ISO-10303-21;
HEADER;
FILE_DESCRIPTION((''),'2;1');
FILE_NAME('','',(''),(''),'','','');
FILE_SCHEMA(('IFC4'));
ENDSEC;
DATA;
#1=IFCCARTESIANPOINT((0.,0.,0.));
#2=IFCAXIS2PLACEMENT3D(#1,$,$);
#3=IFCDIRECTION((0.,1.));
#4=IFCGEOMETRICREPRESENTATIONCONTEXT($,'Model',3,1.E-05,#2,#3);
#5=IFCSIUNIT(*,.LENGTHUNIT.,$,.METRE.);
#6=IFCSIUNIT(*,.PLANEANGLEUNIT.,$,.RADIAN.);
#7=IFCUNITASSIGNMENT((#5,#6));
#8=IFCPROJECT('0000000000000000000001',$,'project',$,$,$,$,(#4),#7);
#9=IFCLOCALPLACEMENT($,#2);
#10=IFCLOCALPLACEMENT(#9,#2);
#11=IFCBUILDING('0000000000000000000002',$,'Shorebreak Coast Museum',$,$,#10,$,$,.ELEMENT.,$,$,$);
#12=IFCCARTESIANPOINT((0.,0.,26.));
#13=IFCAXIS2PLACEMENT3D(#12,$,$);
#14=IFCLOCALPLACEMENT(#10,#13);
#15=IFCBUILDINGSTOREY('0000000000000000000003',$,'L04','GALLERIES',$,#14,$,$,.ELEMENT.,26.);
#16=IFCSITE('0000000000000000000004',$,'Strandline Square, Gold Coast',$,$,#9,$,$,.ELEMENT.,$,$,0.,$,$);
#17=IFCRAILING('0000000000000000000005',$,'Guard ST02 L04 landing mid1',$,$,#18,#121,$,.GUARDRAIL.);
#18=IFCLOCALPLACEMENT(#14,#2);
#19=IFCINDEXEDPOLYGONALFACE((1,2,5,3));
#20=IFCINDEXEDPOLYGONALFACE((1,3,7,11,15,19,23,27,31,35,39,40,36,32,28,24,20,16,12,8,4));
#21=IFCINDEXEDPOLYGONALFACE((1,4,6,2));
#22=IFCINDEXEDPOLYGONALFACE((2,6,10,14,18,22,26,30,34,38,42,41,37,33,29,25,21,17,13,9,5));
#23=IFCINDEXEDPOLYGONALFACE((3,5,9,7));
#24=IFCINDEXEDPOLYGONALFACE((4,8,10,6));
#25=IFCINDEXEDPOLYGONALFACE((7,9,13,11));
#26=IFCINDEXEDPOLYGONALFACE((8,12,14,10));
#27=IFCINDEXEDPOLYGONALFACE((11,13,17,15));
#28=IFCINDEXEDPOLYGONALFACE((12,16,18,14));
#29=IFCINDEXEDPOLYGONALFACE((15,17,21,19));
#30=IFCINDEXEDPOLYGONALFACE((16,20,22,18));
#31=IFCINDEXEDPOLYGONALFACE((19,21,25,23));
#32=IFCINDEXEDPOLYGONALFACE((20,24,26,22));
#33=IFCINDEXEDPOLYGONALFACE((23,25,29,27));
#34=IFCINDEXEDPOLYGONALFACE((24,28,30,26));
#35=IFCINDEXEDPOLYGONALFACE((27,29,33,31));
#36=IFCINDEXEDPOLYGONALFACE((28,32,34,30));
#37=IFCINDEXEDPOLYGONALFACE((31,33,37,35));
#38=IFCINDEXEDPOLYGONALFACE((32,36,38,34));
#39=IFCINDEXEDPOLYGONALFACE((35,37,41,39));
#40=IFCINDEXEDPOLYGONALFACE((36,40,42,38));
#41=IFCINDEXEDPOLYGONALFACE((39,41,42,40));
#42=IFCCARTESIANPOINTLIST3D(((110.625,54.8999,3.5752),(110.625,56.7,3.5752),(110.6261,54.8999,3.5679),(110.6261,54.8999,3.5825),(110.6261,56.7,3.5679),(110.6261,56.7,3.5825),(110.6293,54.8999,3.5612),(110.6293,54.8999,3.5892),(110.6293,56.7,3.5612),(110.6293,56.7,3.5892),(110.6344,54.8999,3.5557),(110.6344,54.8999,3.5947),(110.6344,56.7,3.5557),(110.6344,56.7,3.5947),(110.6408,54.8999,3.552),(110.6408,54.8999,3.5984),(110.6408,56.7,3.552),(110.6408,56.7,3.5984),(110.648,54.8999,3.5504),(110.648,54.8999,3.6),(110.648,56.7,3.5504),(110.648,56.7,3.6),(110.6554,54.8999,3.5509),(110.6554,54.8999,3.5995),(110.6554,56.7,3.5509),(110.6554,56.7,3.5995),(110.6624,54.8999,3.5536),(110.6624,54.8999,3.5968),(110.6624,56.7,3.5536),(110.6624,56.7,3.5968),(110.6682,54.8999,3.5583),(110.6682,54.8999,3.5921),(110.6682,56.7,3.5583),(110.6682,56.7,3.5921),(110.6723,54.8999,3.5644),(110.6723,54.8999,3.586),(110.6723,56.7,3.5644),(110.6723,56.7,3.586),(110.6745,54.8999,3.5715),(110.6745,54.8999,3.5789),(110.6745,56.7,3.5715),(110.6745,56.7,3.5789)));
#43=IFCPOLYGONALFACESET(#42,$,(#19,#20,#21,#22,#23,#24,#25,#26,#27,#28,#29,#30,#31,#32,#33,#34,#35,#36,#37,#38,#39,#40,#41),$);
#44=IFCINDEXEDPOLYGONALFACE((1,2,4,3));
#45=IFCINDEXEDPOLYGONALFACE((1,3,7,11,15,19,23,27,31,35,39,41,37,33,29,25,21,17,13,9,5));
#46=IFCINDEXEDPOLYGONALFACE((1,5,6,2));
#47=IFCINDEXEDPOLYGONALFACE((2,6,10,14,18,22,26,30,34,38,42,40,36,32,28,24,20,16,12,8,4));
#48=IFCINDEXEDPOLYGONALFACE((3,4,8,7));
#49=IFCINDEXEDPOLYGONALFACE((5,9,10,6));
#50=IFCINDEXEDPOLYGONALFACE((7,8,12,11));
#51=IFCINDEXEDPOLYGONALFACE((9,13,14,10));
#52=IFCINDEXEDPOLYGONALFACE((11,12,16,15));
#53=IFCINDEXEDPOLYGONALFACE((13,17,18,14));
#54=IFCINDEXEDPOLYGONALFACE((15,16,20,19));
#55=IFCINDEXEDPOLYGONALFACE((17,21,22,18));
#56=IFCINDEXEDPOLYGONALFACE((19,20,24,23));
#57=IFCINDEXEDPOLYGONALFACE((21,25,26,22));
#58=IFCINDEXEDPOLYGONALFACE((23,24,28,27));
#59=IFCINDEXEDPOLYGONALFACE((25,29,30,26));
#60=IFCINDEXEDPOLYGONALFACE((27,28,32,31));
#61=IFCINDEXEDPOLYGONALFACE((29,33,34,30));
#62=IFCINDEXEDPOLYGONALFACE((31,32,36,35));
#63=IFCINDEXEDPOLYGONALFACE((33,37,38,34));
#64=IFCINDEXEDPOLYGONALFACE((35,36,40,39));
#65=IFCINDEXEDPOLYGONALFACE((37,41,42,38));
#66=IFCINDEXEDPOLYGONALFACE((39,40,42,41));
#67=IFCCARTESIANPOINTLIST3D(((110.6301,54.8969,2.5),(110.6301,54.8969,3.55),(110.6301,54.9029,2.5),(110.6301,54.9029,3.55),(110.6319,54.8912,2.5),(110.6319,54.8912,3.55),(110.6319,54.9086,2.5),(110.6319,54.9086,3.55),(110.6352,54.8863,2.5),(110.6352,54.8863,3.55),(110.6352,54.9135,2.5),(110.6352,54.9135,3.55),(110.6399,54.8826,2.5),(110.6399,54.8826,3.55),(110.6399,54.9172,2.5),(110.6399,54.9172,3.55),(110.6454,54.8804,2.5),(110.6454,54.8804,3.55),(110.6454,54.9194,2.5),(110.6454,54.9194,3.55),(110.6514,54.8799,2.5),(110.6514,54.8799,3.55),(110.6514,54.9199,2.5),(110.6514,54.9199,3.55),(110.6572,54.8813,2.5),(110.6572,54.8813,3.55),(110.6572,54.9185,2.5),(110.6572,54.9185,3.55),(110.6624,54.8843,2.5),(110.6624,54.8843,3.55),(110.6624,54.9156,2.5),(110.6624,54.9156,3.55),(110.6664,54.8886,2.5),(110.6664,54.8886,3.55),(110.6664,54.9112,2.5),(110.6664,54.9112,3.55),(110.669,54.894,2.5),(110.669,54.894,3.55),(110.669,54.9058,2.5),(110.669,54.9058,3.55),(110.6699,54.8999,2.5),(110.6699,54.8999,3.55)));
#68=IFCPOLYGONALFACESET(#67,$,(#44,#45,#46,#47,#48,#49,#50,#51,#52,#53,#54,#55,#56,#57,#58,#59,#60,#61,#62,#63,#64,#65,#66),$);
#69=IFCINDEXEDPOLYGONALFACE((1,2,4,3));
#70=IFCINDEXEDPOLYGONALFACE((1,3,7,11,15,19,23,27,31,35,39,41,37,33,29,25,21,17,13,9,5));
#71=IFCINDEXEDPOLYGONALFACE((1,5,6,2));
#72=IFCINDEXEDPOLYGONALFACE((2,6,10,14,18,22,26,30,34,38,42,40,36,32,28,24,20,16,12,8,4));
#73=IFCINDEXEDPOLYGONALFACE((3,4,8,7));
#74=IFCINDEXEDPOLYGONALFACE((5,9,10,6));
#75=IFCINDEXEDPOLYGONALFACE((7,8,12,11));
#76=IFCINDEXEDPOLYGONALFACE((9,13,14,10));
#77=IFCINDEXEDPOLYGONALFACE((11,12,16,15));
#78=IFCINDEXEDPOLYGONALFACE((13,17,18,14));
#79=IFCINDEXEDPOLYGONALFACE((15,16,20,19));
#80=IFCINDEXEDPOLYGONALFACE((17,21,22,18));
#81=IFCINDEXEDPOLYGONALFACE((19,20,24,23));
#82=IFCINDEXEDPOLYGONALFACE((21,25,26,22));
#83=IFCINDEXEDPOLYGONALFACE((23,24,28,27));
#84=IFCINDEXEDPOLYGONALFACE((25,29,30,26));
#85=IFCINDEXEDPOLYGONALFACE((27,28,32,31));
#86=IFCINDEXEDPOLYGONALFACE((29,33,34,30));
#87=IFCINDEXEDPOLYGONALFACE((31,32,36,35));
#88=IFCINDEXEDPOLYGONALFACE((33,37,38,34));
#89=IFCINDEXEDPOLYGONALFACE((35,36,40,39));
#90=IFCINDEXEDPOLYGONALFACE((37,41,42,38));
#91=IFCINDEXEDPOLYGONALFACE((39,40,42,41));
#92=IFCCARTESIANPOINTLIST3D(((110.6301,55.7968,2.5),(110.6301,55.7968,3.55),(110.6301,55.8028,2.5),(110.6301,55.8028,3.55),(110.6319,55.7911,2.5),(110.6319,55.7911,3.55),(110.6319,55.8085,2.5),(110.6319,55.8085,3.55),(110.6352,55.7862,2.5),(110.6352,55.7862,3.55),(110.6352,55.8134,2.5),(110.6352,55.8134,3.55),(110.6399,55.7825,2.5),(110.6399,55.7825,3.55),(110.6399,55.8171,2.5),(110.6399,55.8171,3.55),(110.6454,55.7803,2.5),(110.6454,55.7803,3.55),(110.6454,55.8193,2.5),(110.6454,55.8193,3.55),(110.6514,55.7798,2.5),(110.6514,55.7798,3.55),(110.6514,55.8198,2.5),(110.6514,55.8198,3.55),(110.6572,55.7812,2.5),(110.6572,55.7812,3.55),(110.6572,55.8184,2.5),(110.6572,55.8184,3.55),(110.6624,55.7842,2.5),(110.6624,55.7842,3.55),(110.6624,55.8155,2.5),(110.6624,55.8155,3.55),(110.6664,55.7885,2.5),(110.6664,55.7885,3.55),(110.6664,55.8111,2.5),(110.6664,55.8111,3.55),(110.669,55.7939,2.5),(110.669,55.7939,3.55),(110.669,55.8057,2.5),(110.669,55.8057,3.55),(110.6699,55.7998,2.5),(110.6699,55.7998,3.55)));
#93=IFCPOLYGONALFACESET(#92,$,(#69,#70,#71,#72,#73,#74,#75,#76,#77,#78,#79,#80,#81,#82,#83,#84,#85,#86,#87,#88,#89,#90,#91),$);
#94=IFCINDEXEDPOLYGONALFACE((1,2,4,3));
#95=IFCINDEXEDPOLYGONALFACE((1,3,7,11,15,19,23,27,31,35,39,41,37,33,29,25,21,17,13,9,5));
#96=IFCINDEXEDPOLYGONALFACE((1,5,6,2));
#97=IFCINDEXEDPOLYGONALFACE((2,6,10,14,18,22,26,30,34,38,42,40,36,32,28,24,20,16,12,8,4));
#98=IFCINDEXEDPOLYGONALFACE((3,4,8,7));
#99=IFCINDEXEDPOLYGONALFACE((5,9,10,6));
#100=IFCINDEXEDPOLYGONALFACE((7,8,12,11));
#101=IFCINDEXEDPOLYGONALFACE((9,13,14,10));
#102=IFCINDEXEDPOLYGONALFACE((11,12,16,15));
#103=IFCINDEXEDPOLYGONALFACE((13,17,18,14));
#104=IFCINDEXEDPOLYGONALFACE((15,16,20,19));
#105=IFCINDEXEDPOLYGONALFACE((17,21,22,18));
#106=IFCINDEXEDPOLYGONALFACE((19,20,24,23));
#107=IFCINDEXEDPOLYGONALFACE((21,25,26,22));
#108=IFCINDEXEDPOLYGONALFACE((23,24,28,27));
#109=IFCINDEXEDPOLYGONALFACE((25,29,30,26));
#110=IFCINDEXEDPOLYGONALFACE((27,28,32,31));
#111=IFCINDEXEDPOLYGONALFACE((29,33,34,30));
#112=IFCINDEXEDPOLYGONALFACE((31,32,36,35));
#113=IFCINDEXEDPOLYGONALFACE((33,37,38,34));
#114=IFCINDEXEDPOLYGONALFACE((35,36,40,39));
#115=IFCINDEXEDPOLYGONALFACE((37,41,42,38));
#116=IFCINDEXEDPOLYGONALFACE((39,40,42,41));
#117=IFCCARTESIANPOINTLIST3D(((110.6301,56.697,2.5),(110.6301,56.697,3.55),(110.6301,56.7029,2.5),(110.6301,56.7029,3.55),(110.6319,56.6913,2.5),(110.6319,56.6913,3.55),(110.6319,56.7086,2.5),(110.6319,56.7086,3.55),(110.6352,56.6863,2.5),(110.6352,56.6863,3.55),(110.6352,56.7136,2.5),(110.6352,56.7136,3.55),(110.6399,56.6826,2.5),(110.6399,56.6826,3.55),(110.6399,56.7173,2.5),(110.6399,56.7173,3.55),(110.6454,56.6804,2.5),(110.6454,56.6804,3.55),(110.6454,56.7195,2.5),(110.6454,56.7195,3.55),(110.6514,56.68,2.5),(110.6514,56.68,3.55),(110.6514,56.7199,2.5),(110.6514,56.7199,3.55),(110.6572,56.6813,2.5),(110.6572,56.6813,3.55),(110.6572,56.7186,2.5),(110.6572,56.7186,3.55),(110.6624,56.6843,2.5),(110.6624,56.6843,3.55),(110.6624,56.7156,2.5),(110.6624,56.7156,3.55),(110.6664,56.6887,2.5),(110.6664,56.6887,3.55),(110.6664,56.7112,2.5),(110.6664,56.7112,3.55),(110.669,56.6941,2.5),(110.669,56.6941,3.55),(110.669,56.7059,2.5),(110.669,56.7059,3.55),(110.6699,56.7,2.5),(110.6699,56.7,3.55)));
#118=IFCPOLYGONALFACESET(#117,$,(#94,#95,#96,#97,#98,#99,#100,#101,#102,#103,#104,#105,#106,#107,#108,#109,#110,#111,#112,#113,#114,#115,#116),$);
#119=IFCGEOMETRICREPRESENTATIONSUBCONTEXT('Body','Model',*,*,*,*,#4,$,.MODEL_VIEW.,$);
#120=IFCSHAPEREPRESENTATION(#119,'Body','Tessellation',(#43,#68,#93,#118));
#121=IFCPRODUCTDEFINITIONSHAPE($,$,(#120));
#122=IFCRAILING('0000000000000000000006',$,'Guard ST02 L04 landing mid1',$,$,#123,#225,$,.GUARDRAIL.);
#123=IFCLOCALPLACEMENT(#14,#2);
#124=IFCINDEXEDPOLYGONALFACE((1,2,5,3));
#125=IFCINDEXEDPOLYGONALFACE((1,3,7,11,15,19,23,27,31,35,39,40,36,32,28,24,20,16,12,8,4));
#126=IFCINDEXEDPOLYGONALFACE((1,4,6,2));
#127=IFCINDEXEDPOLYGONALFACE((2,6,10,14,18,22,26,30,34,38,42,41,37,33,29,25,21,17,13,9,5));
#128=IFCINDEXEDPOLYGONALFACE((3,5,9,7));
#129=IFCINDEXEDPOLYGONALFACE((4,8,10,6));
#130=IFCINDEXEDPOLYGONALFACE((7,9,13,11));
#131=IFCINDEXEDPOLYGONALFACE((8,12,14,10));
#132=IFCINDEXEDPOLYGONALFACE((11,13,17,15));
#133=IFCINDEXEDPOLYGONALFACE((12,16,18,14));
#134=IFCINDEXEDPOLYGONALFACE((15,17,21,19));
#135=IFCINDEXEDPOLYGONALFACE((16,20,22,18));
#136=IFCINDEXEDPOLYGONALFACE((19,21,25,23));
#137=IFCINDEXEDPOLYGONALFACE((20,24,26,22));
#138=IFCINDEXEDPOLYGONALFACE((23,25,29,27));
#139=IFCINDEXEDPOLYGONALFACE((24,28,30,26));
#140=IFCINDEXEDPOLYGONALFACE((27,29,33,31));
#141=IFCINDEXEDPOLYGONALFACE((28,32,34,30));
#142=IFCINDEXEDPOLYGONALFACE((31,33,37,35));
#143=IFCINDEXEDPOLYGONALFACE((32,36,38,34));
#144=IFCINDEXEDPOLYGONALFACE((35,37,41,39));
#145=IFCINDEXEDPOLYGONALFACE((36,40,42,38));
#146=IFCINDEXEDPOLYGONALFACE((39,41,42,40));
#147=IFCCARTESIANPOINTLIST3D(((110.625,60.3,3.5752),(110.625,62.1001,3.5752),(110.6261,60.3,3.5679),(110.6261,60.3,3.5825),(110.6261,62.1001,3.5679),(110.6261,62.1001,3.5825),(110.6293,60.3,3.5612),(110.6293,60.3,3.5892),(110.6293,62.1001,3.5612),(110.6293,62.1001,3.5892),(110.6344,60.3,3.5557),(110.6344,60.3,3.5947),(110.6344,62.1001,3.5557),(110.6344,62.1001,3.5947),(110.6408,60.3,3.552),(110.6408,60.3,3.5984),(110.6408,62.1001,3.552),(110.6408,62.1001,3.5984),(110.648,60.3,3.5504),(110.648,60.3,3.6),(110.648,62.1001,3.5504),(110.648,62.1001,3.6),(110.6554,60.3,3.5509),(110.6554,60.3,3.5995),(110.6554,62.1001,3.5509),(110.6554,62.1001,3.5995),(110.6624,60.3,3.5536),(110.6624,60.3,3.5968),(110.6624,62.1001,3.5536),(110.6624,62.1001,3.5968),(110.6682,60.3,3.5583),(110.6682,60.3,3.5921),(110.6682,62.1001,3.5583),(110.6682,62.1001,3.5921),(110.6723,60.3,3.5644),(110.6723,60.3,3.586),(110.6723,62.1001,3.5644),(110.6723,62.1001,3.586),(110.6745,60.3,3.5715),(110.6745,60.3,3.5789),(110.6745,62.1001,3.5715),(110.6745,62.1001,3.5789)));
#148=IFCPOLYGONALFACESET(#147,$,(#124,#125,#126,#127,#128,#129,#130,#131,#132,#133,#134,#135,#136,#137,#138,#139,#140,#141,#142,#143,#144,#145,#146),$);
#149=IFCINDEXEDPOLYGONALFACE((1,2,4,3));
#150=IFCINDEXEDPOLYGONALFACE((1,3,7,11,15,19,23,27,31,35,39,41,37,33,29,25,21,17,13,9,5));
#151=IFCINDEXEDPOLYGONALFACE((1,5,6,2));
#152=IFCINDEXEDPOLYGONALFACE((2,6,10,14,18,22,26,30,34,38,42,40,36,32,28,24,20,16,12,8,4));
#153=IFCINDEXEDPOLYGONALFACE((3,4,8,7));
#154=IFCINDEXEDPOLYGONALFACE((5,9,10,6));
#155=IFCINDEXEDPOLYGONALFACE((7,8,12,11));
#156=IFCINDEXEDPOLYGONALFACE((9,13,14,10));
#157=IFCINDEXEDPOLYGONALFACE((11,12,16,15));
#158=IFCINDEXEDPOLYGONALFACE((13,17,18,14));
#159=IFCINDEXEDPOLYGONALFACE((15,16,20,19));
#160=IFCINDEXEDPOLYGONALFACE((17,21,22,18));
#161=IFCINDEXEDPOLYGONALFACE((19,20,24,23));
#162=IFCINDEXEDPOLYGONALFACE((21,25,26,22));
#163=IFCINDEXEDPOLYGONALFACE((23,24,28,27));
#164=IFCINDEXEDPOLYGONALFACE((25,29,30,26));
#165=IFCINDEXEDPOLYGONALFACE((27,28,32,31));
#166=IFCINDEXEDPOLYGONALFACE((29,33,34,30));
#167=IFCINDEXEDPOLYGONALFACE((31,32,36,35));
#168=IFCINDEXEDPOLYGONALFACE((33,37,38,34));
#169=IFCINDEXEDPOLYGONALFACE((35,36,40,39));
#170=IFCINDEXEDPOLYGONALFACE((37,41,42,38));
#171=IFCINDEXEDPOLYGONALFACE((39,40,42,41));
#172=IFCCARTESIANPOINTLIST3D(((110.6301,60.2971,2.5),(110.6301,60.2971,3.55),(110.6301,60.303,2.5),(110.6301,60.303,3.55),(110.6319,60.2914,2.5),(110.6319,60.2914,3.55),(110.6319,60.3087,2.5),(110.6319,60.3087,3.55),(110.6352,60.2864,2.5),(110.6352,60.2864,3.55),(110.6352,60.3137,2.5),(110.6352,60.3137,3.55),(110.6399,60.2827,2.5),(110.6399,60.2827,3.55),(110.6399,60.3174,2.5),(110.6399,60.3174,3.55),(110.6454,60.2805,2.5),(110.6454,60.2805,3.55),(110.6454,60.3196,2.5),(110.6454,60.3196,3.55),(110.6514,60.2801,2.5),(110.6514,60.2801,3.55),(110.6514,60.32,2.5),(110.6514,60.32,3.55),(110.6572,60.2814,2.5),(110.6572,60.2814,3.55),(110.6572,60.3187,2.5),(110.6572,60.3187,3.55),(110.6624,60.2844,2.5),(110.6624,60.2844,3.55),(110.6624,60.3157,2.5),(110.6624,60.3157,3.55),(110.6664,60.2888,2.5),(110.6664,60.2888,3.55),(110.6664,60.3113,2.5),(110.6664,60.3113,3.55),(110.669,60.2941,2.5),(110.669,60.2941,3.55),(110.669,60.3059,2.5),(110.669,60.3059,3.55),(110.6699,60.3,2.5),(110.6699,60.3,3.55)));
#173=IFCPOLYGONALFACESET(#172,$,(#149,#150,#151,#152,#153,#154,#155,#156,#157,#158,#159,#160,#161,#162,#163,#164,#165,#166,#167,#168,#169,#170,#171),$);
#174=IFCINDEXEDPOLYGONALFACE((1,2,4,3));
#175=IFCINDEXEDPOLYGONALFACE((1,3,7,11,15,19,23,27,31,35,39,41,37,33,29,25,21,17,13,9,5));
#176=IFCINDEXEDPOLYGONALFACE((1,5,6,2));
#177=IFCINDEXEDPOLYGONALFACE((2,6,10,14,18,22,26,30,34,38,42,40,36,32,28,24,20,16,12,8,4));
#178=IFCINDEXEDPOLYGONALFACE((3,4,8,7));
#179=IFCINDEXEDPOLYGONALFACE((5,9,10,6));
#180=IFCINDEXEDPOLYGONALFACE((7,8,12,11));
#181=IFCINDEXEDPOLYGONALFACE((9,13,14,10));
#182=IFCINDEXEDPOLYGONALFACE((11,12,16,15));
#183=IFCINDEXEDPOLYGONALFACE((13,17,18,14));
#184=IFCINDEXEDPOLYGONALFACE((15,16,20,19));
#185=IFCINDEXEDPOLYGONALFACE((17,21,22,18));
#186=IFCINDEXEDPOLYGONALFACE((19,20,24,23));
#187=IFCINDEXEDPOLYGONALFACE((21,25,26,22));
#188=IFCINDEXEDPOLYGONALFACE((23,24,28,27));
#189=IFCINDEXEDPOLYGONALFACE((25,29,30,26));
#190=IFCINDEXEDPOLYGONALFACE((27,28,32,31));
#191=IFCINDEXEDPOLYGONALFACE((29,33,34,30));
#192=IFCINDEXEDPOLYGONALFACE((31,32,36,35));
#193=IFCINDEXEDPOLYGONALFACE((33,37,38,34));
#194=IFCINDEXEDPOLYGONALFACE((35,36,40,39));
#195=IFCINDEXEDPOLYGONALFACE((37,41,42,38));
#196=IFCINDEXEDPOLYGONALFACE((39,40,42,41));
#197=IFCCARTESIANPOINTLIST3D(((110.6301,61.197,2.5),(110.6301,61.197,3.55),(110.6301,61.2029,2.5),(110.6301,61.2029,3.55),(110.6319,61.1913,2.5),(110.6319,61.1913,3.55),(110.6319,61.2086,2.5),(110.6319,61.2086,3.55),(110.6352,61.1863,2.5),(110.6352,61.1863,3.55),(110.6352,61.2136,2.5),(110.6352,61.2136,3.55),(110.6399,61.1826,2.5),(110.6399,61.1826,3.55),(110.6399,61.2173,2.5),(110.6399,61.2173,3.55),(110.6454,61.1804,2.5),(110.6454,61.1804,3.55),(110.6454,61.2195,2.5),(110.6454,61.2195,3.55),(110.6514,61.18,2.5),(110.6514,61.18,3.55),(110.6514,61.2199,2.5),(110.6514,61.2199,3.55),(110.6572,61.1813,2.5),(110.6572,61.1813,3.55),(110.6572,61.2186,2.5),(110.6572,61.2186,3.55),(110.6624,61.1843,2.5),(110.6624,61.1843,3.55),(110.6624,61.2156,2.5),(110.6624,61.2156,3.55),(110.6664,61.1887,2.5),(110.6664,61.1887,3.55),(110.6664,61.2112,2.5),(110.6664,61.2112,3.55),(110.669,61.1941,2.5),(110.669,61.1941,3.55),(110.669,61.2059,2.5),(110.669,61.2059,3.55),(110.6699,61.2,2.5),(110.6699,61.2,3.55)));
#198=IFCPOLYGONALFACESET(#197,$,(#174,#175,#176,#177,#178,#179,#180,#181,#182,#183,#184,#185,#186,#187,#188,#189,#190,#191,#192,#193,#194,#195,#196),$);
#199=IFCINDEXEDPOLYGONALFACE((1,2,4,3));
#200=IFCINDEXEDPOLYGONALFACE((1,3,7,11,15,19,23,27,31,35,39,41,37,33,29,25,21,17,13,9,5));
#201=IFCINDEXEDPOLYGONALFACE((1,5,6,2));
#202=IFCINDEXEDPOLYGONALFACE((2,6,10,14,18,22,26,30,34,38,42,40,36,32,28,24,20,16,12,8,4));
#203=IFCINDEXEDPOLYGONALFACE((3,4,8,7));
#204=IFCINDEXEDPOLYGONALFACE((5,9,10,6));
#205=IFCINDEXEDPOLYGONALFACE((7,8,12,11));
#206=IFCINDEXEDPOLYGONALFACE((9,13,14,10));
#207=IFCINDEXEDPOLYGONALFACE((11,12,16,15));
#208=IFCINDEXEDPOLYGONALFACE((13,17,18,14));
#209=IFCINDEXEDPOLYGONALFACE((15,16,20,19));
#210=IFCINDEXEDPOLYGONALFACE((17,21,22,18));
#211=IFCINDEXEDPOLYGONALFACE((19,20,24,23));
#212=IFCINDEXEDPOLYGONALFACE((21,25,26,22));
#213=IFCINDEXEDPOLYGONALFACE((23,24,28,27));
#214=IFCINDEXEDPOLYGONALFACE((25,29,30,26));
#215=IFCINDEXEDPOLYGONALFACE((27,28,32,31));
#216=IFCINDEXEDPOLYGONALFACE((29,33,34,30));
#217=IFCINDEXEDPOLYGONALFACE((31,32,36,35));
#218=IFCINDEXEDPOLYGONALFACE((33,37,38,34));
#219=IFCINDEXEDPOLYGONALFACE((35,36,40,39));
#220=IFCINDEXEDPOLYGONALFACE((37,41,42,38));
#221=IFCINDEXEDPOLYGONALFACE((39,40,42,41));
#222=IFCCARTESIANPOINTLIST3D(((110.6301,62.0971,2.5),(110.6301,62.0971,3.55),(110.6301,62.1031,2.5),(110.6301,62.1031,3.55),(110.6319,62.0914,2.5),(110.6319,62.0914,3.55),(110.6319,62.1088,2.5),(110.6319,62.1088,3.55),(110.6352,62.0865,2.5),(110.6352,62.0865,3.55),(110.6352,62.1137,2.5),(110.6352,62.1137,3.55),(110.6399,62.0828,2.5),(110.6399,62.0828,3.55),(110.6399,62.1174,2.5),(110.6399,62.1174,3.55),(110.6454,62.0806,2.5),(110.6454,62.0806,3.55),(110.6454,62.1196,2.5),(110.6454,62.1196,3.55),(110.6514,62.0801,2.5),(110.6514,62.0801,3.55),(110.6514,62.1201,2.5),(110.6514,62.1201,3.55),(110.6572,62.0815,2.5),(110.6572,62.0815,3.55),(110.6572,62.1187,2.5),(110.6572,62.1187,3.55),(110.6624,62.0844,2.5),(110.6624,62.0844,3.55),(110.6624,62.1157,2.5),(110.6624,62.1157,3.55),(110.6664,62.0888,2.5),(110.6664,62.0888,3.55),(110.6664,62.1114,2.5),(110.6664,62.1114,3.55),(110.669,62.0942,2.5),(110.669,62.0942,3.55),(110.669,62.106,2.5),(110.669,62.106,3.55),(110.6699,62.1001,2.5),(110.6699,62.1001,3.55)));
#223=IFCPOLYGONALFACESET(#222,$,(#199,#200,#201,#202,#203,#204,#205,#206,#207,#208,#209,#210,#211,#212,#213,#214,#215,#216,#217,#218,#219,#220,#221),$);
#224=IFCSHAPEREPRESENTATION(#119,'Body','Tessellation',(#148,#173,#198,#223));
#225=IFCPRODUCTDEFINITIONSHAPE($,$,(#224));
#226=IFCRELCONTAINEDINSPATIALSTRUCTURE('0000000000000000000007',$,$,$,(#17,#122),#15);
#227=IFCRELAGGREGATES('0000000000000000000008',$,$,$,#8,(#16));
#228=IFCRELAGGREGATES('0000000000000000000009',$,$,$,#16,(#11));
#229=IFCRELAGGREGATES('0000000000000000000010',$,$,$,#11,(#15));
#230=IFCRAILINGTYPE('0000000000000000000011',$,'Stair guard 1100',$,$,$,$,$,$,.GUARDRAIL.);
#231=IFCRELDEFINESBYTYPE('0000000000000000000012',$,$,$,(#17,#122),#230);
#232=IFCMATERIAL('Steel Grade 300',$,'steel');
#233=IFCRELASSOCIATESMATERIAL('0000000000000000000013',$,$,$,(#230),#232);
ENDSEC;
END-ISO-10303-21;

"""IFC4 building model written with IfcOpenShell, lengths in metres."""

from ifc_helpers import new_model, si_unit, direction, frame, origin, origin_2d, place, context, subcontext, project, spatial, circle, extrude, material, type_object, element, save


model = new_model("IFC4")

# Units and contexts
model_context = context("Model", 3, precision=1e-05, world=origin(), true_north=direction((0.0, 1.0)))
body_context = subcontext(model_context, "Body", "Model", "MODEL_VIEW")
ifc_project = project(units=[si_unit("LENGTHUNIT", "METRE"), si_unit("PLANEANGLEUNIT", "RADIAN")], contexts=[model_context])

# Site, building, storey
site_placement = place(None, origin())
site = spatial("IfcSite", under=ifc_project, at=site_placement, Name="Strandline Square, Gold Coast", CompositionType="ELEMENT", RefElevation=0.0)
building_placement = place(site_placement, origin())
building = spatial("IfcBuilding", under=site, at=building_placement, Name="Shorebreak Coast Museum", CompositionType="ELEMENT")
storey_placement = place(building_placement, frame((0.0, 0.0, 26.0)))
storey = spatial("IfcBuildingStorey", under=building, at=storey_placement, Name="L04", Description="GALLERIES", CompositionType="ELEMENT", Elevation=26.0)

# Railings
ifc_material_1 = material(Name="Steel Grade 300", Category="steel")
railing_type_1 = type_object("IfcRailingType", Name="Stair guard 1100", PredefinedType="GUARDRAIL", material=ifc_material_1)
for number, where, name in (
    (1, (110.6499, 54.8999, 2.5), "Guard ST02 L04 landing mid1"),
    (2, (110.6499, 60.3, 2.5), "Guard ST02 L04 landing mid1"),
):
    element("IfcRailing", number, at=place(storey_placement, frame(where)), inside=storey, type_object=railing_type_1, Name=name, PredefinedType="GUARDRAIL", context=body_context, shape_type="SweptSolid", body=[
        extrude(circle(Radius=0.0249, at=origin_2d()), frame((0.0, 0.0, 1.0752), z_axis=(0.0, 1.0, 0.0), x_axis=(-1.0, 0.0, 0.0)), (0.0, 0.0, 1.0), 1.8),
        extrude(circle(Radius=0.02, at=origin_2d()), origin(), (0.0, 0.0, 1.0), 1.05),
        extrude(circle(Radius=0.02, at=origin_2d()), frame((0.0, 0.8999, 0.0)), (0.0, 0.0, 1.0), 1.05),
        extrude(circle(Radius=0.02, at=origin_2d()), frame((0.0, 1.8, 0.0)), (0.0, 0.0, 1.0), 1.05),
    ])

save(model, "model.ifc")
